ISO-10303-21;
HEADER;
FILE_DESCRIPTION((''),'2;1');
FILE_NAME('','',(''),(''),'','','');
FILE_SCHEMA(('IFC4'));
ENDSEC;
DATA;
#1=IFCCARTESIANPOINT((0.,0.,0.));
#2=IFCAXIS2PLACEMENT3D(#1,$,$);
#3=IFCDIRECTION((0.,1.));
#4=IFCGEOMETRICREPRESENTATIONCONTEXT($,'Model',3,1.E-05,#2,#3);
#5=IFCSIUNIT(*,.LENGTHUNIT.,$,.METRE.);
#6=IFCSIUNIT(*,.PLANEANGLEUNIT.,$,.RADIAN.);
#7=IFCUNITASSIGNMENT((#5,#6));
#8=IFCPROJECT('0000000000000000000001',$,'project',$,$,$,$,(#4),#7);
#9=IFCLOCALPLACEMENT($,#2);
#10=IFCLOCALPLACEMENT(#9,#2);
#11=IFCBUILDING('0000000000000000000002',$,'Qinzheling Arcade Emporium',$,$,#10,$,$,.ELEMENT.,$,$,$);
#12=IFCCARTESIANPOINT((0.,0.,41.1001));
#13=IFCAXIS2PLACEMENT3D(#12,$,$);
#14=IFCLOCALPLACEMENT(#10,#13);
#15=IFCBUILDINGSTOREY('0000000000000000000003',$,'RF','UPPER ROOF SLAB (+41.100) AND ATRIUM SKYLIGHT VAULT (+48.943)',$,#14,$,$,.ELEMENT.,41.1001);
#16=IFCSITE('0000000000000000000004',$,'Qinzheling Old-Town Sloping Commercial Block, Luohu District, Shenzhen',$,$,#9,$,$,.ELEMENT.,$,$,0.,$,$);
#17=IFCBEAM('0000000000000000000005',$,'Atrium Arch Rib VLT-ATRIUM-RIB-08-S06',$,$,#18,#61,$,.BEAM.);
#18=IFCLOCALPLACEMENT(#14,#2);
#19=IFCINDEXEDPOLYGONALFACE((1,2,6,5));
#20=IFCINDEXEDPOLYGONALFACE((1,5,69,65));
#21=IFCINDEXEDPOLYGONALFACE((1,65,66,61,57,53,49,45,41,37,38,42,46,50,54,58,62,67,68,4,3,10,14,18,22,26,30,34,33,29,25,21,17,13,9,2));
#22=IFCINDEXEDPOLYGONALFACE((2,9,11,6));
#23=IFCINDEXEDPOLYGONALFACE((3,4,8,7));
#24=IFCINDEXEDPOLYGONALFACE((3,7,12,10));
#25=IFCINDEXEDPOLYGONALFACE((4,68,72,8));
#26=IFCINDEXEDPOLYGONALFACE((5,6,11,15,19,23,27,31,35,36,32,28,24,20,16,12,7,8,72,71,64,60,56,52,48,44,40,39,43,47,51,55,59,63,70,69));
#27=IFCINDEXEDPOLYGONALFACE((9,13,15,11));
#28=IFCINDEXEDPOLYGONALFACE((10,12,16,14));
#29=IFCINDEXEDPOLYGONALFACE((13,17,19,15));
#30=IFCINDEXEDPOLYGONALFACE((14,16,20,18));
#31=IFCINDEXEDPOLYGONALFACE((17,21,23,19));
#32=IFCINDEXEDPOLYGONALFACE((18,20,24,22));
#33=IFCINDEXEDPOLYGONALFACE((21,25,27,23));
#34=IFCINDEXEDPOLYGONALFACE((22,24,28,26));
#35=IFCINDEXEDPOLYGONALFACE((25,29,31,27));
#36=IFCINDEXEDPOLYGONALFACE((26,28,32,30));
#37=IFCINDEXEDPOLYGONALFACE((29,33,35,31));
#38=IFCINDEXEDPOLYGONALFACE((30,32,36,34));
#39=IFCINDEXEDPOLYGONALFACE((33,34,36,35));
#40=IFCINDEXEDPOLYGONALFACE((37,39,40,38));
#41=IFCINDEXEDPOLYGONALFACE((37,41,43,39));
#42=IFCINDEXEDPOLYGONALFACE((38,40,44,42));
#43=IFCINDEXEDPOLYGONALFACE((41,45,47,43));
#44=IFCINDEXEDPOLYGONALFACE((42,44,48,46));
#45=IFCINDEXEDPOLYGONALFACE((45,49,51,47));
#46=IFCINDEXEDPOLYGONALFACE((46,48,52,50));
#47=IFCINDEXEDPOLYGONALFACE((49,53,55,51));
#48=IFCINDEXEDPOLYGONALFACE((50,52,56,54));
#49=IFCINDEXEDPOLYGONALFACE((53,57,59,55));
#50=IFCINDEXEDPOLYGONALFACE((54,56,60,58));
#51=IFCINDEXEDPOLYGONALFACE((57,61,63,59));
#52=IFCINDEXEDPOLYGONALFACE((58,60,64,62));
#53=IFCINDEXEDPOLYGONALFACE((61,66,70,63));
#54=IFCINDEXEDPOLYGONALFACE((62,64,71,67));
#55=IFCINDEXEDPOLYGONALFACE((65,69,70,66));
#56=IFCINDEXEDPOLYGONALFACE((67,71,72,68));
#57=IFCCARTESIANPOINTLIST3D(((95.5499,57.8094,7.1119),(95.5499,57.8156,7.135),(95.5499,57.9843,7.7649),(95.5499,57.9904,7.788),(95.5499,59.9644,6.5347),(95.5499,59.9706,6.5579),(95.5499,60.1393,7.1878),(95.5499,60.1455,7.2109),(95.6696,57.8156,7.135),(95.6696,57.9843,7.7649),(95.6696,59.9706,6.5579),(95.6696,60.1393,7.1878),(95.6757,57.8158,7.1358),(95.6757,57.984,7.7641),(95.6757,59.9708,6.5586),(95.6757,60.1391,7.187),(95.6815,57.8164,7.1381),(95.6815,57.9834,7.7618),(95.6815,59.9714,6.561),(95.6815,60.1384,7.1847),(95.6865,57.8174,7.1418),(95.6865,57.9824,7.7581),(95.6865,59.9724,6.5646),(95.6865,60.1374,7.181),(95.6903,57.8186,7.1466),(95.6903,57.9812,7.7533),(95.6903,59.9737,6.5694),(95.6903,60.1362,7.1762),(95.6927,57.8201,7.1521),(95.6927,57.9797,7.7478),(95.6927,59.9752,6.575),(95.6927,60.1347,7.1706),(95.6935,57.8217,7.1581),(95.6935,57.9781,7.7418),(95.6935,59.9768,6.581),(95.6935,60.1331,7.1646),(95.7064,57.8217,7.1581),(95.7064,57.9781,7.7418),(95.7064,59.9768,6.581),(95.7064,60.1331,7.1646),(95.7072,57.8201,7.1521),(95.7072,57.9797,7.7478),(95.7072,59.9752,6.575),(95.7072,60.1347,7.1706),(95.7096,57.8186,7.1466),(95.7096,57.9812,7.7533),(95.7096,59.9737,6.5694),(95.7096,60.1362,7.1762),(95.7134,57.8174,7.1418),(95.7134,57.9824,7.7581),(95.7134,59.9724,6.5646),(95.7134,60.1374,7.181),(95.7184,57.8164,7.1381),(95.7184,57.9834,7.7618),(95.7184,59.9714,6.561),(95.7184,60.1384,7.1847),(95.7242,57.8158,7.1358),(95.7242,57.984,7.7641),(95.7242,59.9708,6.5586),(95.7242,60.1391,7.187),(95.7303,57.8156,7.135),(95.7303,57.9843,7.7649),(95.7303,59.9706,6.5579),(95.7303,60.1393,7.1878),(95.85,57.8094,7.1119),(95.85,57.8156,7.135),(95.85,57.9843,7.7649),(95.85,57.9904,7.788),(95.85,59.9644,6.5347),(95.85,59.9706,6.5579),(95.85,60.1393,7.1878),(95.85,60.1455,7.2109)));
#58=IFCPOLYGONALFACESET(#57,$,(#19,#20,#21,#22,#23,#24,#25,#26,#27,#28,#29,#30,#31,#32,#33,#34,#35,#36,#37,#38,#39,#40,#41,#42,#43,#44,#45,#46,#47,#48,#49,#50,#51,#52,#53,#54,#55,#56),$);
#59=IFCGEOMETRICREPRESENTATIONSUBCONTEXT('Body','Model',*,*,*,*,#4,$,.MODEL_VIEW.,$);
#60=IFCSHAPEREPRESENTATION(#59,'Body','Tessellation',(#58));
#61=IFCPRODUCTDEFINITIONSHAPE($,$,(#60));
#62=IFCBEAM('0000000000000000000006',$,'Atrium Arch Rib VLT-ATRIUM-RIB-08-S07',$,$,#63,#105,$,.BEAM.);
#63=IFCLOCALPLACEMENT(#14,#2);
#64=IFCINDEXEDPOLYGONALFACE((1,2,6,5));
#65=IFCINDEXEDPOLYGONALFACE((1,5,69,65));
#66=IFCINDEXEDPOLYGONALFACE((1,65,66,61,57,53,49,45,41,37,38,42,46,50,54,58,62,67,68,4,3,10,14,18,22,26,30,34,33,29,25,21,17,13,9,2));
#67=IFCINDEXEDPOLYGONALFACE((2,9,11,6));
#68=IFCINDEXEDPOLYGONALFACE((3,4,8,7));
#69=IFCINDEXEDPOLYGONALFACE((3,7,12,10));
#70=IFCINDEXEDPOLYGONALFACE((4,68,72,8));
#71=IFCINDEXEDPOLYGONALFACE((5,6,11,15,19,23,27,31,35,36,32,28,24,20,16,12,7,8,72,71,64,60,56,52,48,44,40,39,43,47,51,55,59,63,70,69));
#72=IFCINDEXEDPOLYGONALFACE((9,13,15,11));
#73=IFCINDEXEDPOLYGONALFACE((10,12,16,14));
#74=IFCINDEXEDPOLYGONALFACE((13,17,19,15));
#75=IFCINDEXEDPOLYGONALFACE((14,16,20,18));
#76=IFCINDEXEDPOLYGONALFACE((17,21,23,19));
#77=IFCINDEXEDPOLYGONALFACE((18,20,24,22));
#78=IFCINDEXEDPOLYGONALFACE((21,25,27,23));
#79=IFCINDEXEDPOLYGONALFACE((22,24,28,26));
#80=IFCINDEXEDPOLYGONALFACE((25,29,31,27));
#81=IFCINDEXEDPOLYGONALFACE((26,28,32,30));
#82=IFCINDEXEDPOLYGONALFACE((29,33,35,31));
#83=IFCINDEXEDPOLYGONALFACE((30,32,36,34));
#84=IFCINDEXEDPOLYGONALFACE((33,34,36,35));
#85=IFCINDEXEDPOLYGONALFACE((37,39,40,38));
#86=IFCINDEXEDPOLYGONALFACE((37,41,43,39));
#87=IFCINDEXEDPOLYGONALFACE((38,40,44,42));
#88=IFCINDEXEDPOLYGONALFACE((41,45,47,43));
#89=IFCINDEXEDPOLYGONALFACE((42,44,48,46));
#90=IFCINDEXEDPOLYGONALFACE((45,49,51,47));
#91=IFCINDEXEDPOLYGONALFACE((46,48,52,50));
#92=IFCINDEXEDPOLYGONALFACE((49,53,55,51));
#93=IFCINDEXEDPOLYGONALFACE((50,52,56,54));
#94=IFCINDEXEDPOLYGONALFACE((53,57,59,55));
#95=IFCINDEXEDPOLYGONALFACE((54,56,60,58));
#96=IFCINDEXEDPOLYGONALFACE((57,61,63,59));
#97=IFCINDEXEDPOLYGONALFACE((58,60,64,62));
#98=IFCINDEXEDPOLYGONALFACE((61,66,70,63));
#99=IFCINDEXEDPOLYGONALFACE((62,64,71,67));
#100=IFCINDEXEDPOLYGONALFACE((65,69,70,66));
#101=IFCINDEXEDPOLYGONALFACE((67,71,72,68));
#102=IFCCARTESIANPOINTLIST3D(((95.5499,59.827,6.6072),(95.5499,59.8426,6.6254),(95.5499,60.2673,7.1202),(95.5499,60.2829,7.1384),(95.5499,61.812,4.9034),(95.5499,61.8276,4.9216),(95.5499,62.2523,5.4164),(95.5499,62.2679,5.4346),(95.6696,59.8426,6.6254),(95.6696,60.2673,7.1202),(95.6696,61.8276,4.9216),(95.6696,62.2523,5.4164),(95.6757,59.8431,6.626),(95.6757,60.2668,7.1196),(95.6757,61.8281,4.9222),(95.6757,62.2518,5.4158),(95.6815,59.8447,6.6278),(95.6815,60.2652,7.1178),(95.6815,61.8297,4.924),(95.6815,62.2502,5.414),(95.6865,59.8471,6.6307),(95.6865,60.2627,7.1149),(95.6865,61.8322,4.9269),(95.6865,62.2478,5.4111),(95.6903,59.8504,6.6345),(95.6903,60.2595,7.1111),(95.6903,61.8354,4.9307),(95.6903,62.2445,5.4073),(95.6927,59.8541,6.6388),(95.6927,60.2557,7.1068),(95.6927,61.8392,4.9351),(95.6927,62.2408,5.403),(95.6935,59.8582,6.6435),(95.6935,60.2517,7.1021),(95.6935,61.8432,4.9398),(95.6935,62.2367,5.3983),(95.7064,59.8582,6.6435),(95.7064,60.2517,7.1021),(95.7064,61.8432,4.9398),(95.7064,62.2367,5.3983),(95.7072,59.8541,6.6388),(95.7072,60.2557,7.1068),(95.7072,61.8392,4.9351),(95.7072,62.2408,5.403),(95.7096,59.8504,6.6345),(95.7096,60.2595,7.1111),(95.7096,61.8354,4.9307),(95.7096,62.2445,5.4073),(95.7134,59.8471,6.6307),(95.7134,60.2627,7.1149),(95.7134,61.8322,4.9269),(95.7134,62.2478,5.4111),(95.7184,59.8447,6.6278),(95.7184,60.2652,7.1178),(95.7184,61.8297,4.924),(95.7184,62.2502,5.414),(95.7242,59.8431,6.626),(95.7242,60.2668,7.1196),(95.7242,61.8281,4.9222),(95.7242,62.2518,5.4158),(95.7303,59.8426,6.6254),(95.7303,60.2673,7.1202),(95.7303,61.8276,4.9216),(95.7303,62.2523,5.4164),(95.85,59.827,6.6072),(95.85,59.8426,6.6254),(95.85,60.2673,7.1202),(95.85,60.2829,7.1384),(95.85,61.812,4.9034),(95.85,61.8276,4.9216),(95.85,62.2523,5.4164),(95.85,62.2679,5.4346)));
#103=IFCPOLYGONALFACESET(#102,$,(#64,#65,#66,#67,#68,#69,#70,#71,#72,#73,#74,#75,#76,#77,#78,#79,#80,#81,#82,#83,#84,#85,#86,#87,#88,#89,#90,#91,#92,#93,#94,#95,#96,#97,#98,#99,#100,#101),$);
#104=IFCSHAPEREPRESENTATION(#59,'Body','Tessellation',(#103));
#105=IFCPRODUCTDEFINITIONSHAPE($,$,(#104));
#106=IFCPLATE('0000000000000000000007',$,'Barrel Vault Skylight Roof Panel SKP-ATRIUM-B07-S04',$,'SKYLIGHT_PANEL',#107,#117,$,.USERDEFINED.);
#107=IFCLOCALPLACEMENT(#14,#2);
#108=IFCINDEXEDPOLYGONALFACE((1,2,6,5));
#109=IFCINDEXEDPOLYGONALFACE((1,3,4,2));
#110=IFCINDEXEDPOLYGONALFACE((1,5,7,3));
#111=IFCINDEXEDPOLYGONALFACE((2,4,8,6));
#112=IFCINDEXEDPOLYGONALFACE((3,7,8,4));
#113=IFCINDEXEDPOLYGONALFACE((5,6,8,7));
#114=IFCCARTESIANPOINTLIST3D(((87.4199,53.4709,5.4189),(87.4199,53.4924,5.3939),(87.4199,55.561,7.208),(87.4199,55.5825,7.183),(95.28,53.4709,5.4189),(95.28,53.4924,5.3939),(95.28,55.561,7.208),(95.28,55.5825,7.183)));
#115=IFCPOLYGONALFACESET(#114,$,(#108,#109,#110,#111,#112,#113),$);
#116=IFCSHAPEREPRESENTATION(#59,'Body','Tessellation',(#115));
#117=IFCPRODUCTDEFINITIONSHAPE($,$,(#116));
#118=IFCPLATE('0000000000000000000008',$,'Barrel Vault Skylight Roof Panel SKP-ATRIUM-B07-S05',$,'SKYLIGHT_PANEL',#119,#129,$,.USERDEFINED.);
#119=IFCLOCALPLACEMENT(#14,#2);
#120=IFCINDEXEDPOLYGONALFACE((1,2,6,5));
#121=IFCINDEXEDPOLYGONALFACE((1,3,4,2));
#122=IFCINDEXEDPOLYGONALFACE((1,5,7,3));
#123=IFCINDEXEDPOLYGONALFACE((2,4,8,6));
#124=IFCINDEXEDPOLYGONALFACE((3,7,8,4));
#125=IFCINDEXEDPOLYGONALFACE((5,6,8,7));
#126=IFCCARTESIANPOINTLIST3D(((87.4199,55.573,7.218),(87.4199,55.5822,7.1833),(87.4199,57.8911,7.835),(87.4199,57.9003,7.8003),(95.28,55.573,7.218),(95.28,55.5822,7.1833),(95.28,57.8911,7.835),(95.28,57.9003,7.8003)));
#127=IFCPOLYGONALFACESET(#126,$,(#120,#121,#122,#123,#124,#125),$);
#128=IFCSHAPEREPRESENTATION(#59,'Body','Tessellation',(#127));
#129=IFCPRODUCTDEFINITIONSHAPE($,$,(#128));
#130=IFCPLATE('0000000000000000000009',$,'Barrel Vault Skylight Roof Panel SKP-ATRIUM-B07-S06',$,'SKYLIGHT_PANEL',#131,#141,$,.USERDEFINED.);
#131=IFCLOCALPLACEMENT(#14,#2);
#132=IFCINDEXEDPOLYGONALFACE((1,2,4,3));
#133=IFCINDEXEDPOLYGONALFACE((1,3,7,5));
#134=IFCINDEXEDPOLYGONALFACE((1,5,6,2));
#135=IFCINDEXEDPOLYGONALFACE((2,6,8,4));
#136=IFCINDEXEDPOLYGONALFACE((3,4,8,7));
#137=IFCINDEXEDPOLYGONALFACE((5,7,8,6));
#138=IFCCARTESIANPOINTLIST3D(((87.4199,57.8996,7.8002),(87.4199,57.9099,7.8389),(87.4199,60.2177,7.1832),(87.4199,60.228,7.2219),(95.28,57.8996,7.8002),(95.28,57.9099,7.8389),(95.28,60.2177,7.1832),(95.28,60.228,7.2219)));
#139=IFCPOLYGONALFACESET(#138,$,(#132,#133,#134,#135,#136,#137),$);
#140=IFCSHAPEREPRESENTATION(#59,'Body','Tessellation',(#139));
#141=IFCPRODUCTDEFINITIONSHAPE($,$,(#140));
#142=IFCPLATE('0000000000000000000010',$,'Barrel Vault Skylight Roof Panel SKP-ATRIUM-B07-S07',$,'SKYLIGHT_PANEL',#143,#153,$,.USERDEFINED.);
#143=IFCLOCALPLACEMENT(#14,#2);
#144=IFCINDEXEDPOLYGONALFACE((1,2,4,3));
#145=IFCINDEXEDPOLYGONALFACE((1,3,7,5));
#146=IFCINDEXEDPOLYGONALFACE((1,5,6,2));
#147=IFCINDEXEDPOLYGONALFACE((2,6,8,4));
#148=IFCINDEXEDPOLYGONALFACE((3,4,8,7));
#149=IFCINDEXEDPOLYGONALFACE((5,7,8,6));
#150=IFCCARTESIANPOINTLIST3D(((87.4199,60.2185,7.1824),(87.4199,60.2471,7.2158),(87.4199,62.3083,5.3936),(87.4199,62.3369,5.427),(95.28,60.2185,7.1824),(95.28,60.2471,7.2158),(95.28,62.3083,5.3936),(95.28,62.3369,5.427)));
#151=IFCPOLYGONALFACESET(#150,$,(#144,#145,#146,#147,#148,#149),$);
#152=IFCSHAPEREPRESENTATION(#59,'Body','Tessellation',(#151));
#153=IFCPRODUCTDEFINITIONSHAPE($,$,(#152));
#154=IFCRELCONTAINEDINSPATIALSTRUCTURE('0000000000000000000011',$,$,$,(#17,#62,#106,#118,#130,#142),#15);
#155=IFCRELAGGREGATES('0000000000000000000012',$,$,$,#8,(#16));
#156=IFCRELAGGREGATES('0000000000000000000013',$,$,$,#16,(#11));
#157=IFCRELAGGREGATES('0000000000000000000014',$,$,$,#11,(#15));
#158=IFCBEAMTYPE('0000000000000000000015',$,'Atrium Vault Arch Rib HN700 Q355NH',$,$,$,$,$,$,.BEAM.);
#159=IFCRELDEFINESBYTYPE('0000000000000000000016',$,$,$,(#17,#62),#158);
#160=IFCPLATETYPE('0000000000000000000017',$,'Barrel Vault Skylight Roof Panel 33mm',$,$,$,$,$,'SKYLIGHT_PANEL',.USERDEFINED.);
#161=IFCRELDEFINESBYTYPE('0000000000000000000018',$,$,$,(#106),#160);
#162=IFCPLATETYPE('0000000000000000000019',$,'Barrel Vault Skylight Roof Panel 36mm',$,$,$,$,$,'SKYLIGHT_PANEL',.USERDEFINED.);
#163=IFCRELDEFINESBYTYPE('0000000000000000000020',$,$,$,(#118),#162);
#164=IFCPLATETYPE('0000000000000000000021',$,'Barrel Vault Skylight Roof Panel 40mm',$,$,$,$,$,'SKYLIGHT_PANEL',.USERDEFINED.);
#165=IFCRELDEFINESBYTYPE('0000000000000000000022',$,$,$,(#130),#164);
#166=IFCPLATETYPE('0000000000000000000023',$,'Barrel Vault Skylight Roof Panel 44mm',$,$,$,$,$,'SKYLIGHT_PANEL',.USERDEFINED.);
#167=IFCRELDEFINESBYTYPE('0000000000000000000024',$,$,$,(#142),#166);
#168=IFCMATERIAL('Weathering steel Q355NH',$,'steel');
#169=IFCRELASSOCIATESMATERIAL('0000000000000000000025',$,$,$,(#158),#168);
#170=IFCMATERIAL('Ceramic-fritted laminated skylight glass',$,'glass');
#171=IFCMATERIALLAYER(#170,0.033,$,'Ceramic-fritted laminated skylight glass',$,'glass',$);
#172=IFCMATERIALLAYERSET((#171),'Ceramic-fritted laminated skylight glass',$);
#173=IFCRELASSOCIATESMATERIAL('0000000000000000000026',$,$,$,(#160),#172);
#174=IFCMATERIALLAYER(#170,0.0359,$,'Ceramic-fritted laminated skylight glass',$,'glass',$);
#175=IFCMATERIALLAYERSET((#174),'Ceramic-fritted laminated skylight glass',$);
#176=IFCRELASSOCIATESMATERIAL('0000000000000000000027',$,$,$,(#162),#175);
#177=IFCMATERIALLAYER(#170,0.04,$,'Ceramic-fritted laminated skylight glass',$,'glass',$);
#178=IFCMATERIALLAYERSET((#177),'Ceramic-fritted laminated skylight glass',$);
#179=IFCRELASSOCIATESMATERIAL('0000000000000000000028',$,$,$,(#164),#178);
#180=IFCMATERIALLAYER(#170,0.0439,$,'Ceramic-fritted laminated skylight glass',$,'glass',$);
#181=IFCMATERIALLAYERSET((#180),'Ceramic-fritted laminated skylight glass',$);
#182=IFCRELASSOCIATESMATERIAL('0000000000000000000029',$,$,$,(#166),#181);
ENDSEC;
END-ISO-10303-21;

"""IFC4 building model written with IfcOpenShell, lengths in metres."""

from ifc_helpers import new_model, si_unit, direction, frame, origin, origin_2d, place, context, subcontext, project, spatial, polyline, i_section, outline, extrude, material, layer, layer_set, material_profile, profile_set, type_object, element, save


model = new_model("IFC4")

# Units and contexts
model_context = context("Model", 3, precision=1e-05, world=origin(), true_north=direction((0.0, 1.0)))
body_context = subcontext(model_context, "Body", "Model", "MODEL_VIEW")
ifc_project = project(units=[si_unit("LENGTHUNIT", "METRE"), si_unit("PLANEANGLEUNIT", "RADIAN")], contexts=[model_context])

# Site, building, storey
site_placement = place(None, origin())
site = spatial("IfcSite", under=ifc_project, at=site_placement, Name="Qinzheling Old-Town Sloping Commercial Block, Luohu District, Shenzhen", CompositionType="ELEMENT", RefElevation=0.0)
building_placement = place(site_placement, origin())
building = spatial("IfcBuilding", under=site, at=building_placement, Name="Qinzheling Arcade Emporium", CompositionType="ELEMENT")
storey_placement = place(building_placement, frame((0.0, 0.0, 41.1001)))
storey = spatial("IfcBuildingStorey", under=building, at=storey_placement, Name="RF", Description="UPPER ROOF SLAB (+41.100) AND ATRIUM SKYLIGHT VAULT (+48.943)", CompositionType="ELEMENT", Elevation=41.1001)

# Shared definitions
ifc_material_1 = material(Name="Weathering steel Q355NH", Category="steel")

# Beams
ifc_material_profile_1 = material_profile(ifc_material_1, i_section(OverallWidth=0.3, OverallDepth=0.7, WebThickness=0.0129, FlangeThickness=0.0239, FilletRadius=0.0239, at=origin_2d()), Name="HN 700x300x13x24", Category="steel")
ifc_profile_set_1 = profile_set([ifc_material_profile_1], Name="Weathering steel Q355NH")
beam_type_1 = type_object("IfcBeamType", Name="Atrium Vault Arch Rib HN700 Q355NH", PredefinedType="BEAM", material=ifc_profile_set_1)
beam_1_placement = place(storey_placement, frame((95.7, 57.8999, 7.45), z_axis=(0.0, 0.965958, -0.258698), x_axis=(-1.0, 0.0, 0.0)))
element("IfcBeam", 1, at=beam_1_placement, inside=storey, type_object=beam_type_1, Name="Atrium Arch Rib VLT-ATRIUM-RIB-08-S06", PredefinedType="BEAM", context=body_context, shape_type="SweptSolid", body=[
    extrude(i_section(OverallWidth=0.3, OverallDepth=0.7, WebThickness=0.0129, FlangeThickness=0.0239, FilletRadius=0.0239, at=origin_2d()), origin(), (0.0, 0.0, 1.0), 2.231),
])
beam_2_placement = place(storey_placement, frame((95.7, 60.0549, 6.8728), z_axis=(0.0, 0.758815, -0.651306), x_axis=(-1.0, 0.0, 0.0)))
element("IfcBeam", 2, at=beam_2_placement, inside=storey, type_object=beam_type_1, Name="Atrium Arch Rib VLT-ATRIUM-RIB-08-S07", PredefinedType="BEAM", context=body_context, shape_type="SweptSolid", body=[
    extrude(i_section(OverallWidth=0.3, OverallDepth=0.7, WebThickness=0.0129, FlangeThickness=0.0239, FilletRadius=0.0239, at=origin_2d()), origin(), (0.0, 0.0, 1.0), 2.616),
])

# Plates
ifc_material_2 = material(Name="Ceramic-fritted laminated skylight glass", Category="glass")
ifc_layer_1 = layer(ifc_material_2, 0.033, Name="Ceramic-fritted laminated skylight glass", Category="glass")
ifc_layer_set_1 = layer_set([ifc_layer_1], Name="Ceramic-fritted laminated skylight glass")
plate_type_1 = type_object("IfcPlateType", Name="Barrel Vault Skylight Roof Panel 33mm", ElementType="SKYLIGHT_PANEL", PredefinedType="USERDEFINED", material=ifc_layer_set_1)
plate_1_placement = place(storey_placement, frame((87.4199, 53.4709, 5.4189), z_axis=(0.0, -0.65028, 0.759695), x_axis=(1.0, 0.0, 0.0)))
element("IfcPlate", 3, at=plate_1_placement, inside=storey, type_object=plate_type_1, Name="Barrel Vault Skylight Roof Panel SKP-ATRIUM-B07-S04", ObjectType="SKYLIGHT_PANEL", PredefinedType="USERDEFINED", context=body_context, shape_type="SweptSolid", body=[
    extrude(outline(polyline([(0.0, 0.0), (7.8601, 0.0), (7.8601, 2.7512), (0.0, 2.7512), (0.0, 0.0)])), origin(), (0.0, 0.0, -1.0), 0.033),
])
ifc_layer_2 = layer(ifc_material_2, 0.0359, Name="Ceramic-fritted laminated skylight glass", Category="glass")
ifc_layer_set_2 = layer_set([ifc_layer_2], Name="Ceramic-fritted laminated skylight glass")
plate_type_2 = type_object("IfcPlateType", Name="Barrel Vault Skylight Roof Panel 36mm", ElementType="SKYLIGHT_PANEL", PredefinedType="USERDEFINED", material=ifc_layer_set_2)
plate_2_placement = place(storey_placement, frame((87.4199, 55.573, 7.218), z_axis=(0.0, -0.257188, 0.966362), x_axis=(1.0, 0.0, 0.0)))
element("IfcPlate", 4, at=plate_2_placement, inside=storey, type_object=plate_type_2, Name="Barrel Vault Skylight Roof Panel SKP-ATRIUM-B07-S05", ObjectType="SKYLIGHT_PANEL", PredefinedType="USERDEFINED", context=body_context, shape_type="SweptSolid", body=[
    extrude(outline(polyline([(0.0, 0.0), (7.8601, 0.0), (7.8601, 2.3988), (0.0, 2.3988), (0.0, 0.0)])), origin(), (0.0, 0.0, -1.0), 0.0359),
])
ifc_layer_3 = layer(ifc_material_2, 0.04, Name="Ceramic-fritted laminated skylight glass", Category="glass")
ifc_layer_set_3 = layer_set([ifc_layer_3], Name="Ceramic-fritted laminated skylight glass")
plate_type_3 = type_object("IfcPlateType", Name="Barrel Vault Skylight Roof Panel 40mm", ElementType="SKYLIGHT_PANEL", PredefinedType="USERDEFINED", material=ifc_layer_set_3)
plate_3_placement = place(storey_placement, frame((87.4199, 57.9099, 7.8389), z_axis=(0.0, 0.257188, 0.966362), x_axis=(1.0, 0.0, 0.0)))
element("IfcPlate", 5, at=plate_3_placement, inside=storey, type_object=plate_type_3, Name="Barrel Vault Skylight Roof Panel SKP-ATRIUM-B07-S06", ObjectType="SKYLIGHT_PANEL", PredefinedType="USERDEFINED", context=body_context, shape_type="SweptSolid", body=[
    extrude(outline(polyline([(0.0, 0.0), (7.8601, 0.0), (7.8601, 2.3988), (0.0, 2.3988), (0.0, 0.0)])), origin(), (0.0, 0.0, -1.0), 0.04),
])
ifc_layer_4 = layer(ifc_material_2, 0.0439, Name="Ceramic-fritted laminated skylight glass", Category="glass")
ifc_layer_set_4 = layer_set([ifc_layer_4], Name="Ceramic-fritted laminated skylight glass")
plate_type_4 = type_object("IfcPlateType", Name="Barrel Vault Skylight Roof Panel 44mm", ElementType="SKYLIGHT_PANEL", PredefinedType="USERDEFINED", material=ifc_layer_set_4)
plate_4_placement = place(storey_placement, frame((87.4199, 60.2471, 7.2158), z_axis=(0.0, 0.650272, 0.759701), x_axis=(1.0, 0.0, 0.0)))
element("IfcPlate", 6, at=plate_4_placement, inside=storey, type_object=plate_type_4, Name="Barrel Vault Skylight Roof Panel SKP-ATRIUM-B07-S07", ObjectType="SKYLIGHT_PANEL", PredefinedType="USERDEFINED", context=body_context, shape_type="SweptSolid", body=[
    extrude(outline(polyline([(0.0, 0.0), (7.8601, 0.0), (7.8601, 2.7509), (0.0, 2.7509), (0.0, 0.0)])), origin(), (0.0, 0.0, -1.0), 0.0439),
])

save(model, "model.ifc")
